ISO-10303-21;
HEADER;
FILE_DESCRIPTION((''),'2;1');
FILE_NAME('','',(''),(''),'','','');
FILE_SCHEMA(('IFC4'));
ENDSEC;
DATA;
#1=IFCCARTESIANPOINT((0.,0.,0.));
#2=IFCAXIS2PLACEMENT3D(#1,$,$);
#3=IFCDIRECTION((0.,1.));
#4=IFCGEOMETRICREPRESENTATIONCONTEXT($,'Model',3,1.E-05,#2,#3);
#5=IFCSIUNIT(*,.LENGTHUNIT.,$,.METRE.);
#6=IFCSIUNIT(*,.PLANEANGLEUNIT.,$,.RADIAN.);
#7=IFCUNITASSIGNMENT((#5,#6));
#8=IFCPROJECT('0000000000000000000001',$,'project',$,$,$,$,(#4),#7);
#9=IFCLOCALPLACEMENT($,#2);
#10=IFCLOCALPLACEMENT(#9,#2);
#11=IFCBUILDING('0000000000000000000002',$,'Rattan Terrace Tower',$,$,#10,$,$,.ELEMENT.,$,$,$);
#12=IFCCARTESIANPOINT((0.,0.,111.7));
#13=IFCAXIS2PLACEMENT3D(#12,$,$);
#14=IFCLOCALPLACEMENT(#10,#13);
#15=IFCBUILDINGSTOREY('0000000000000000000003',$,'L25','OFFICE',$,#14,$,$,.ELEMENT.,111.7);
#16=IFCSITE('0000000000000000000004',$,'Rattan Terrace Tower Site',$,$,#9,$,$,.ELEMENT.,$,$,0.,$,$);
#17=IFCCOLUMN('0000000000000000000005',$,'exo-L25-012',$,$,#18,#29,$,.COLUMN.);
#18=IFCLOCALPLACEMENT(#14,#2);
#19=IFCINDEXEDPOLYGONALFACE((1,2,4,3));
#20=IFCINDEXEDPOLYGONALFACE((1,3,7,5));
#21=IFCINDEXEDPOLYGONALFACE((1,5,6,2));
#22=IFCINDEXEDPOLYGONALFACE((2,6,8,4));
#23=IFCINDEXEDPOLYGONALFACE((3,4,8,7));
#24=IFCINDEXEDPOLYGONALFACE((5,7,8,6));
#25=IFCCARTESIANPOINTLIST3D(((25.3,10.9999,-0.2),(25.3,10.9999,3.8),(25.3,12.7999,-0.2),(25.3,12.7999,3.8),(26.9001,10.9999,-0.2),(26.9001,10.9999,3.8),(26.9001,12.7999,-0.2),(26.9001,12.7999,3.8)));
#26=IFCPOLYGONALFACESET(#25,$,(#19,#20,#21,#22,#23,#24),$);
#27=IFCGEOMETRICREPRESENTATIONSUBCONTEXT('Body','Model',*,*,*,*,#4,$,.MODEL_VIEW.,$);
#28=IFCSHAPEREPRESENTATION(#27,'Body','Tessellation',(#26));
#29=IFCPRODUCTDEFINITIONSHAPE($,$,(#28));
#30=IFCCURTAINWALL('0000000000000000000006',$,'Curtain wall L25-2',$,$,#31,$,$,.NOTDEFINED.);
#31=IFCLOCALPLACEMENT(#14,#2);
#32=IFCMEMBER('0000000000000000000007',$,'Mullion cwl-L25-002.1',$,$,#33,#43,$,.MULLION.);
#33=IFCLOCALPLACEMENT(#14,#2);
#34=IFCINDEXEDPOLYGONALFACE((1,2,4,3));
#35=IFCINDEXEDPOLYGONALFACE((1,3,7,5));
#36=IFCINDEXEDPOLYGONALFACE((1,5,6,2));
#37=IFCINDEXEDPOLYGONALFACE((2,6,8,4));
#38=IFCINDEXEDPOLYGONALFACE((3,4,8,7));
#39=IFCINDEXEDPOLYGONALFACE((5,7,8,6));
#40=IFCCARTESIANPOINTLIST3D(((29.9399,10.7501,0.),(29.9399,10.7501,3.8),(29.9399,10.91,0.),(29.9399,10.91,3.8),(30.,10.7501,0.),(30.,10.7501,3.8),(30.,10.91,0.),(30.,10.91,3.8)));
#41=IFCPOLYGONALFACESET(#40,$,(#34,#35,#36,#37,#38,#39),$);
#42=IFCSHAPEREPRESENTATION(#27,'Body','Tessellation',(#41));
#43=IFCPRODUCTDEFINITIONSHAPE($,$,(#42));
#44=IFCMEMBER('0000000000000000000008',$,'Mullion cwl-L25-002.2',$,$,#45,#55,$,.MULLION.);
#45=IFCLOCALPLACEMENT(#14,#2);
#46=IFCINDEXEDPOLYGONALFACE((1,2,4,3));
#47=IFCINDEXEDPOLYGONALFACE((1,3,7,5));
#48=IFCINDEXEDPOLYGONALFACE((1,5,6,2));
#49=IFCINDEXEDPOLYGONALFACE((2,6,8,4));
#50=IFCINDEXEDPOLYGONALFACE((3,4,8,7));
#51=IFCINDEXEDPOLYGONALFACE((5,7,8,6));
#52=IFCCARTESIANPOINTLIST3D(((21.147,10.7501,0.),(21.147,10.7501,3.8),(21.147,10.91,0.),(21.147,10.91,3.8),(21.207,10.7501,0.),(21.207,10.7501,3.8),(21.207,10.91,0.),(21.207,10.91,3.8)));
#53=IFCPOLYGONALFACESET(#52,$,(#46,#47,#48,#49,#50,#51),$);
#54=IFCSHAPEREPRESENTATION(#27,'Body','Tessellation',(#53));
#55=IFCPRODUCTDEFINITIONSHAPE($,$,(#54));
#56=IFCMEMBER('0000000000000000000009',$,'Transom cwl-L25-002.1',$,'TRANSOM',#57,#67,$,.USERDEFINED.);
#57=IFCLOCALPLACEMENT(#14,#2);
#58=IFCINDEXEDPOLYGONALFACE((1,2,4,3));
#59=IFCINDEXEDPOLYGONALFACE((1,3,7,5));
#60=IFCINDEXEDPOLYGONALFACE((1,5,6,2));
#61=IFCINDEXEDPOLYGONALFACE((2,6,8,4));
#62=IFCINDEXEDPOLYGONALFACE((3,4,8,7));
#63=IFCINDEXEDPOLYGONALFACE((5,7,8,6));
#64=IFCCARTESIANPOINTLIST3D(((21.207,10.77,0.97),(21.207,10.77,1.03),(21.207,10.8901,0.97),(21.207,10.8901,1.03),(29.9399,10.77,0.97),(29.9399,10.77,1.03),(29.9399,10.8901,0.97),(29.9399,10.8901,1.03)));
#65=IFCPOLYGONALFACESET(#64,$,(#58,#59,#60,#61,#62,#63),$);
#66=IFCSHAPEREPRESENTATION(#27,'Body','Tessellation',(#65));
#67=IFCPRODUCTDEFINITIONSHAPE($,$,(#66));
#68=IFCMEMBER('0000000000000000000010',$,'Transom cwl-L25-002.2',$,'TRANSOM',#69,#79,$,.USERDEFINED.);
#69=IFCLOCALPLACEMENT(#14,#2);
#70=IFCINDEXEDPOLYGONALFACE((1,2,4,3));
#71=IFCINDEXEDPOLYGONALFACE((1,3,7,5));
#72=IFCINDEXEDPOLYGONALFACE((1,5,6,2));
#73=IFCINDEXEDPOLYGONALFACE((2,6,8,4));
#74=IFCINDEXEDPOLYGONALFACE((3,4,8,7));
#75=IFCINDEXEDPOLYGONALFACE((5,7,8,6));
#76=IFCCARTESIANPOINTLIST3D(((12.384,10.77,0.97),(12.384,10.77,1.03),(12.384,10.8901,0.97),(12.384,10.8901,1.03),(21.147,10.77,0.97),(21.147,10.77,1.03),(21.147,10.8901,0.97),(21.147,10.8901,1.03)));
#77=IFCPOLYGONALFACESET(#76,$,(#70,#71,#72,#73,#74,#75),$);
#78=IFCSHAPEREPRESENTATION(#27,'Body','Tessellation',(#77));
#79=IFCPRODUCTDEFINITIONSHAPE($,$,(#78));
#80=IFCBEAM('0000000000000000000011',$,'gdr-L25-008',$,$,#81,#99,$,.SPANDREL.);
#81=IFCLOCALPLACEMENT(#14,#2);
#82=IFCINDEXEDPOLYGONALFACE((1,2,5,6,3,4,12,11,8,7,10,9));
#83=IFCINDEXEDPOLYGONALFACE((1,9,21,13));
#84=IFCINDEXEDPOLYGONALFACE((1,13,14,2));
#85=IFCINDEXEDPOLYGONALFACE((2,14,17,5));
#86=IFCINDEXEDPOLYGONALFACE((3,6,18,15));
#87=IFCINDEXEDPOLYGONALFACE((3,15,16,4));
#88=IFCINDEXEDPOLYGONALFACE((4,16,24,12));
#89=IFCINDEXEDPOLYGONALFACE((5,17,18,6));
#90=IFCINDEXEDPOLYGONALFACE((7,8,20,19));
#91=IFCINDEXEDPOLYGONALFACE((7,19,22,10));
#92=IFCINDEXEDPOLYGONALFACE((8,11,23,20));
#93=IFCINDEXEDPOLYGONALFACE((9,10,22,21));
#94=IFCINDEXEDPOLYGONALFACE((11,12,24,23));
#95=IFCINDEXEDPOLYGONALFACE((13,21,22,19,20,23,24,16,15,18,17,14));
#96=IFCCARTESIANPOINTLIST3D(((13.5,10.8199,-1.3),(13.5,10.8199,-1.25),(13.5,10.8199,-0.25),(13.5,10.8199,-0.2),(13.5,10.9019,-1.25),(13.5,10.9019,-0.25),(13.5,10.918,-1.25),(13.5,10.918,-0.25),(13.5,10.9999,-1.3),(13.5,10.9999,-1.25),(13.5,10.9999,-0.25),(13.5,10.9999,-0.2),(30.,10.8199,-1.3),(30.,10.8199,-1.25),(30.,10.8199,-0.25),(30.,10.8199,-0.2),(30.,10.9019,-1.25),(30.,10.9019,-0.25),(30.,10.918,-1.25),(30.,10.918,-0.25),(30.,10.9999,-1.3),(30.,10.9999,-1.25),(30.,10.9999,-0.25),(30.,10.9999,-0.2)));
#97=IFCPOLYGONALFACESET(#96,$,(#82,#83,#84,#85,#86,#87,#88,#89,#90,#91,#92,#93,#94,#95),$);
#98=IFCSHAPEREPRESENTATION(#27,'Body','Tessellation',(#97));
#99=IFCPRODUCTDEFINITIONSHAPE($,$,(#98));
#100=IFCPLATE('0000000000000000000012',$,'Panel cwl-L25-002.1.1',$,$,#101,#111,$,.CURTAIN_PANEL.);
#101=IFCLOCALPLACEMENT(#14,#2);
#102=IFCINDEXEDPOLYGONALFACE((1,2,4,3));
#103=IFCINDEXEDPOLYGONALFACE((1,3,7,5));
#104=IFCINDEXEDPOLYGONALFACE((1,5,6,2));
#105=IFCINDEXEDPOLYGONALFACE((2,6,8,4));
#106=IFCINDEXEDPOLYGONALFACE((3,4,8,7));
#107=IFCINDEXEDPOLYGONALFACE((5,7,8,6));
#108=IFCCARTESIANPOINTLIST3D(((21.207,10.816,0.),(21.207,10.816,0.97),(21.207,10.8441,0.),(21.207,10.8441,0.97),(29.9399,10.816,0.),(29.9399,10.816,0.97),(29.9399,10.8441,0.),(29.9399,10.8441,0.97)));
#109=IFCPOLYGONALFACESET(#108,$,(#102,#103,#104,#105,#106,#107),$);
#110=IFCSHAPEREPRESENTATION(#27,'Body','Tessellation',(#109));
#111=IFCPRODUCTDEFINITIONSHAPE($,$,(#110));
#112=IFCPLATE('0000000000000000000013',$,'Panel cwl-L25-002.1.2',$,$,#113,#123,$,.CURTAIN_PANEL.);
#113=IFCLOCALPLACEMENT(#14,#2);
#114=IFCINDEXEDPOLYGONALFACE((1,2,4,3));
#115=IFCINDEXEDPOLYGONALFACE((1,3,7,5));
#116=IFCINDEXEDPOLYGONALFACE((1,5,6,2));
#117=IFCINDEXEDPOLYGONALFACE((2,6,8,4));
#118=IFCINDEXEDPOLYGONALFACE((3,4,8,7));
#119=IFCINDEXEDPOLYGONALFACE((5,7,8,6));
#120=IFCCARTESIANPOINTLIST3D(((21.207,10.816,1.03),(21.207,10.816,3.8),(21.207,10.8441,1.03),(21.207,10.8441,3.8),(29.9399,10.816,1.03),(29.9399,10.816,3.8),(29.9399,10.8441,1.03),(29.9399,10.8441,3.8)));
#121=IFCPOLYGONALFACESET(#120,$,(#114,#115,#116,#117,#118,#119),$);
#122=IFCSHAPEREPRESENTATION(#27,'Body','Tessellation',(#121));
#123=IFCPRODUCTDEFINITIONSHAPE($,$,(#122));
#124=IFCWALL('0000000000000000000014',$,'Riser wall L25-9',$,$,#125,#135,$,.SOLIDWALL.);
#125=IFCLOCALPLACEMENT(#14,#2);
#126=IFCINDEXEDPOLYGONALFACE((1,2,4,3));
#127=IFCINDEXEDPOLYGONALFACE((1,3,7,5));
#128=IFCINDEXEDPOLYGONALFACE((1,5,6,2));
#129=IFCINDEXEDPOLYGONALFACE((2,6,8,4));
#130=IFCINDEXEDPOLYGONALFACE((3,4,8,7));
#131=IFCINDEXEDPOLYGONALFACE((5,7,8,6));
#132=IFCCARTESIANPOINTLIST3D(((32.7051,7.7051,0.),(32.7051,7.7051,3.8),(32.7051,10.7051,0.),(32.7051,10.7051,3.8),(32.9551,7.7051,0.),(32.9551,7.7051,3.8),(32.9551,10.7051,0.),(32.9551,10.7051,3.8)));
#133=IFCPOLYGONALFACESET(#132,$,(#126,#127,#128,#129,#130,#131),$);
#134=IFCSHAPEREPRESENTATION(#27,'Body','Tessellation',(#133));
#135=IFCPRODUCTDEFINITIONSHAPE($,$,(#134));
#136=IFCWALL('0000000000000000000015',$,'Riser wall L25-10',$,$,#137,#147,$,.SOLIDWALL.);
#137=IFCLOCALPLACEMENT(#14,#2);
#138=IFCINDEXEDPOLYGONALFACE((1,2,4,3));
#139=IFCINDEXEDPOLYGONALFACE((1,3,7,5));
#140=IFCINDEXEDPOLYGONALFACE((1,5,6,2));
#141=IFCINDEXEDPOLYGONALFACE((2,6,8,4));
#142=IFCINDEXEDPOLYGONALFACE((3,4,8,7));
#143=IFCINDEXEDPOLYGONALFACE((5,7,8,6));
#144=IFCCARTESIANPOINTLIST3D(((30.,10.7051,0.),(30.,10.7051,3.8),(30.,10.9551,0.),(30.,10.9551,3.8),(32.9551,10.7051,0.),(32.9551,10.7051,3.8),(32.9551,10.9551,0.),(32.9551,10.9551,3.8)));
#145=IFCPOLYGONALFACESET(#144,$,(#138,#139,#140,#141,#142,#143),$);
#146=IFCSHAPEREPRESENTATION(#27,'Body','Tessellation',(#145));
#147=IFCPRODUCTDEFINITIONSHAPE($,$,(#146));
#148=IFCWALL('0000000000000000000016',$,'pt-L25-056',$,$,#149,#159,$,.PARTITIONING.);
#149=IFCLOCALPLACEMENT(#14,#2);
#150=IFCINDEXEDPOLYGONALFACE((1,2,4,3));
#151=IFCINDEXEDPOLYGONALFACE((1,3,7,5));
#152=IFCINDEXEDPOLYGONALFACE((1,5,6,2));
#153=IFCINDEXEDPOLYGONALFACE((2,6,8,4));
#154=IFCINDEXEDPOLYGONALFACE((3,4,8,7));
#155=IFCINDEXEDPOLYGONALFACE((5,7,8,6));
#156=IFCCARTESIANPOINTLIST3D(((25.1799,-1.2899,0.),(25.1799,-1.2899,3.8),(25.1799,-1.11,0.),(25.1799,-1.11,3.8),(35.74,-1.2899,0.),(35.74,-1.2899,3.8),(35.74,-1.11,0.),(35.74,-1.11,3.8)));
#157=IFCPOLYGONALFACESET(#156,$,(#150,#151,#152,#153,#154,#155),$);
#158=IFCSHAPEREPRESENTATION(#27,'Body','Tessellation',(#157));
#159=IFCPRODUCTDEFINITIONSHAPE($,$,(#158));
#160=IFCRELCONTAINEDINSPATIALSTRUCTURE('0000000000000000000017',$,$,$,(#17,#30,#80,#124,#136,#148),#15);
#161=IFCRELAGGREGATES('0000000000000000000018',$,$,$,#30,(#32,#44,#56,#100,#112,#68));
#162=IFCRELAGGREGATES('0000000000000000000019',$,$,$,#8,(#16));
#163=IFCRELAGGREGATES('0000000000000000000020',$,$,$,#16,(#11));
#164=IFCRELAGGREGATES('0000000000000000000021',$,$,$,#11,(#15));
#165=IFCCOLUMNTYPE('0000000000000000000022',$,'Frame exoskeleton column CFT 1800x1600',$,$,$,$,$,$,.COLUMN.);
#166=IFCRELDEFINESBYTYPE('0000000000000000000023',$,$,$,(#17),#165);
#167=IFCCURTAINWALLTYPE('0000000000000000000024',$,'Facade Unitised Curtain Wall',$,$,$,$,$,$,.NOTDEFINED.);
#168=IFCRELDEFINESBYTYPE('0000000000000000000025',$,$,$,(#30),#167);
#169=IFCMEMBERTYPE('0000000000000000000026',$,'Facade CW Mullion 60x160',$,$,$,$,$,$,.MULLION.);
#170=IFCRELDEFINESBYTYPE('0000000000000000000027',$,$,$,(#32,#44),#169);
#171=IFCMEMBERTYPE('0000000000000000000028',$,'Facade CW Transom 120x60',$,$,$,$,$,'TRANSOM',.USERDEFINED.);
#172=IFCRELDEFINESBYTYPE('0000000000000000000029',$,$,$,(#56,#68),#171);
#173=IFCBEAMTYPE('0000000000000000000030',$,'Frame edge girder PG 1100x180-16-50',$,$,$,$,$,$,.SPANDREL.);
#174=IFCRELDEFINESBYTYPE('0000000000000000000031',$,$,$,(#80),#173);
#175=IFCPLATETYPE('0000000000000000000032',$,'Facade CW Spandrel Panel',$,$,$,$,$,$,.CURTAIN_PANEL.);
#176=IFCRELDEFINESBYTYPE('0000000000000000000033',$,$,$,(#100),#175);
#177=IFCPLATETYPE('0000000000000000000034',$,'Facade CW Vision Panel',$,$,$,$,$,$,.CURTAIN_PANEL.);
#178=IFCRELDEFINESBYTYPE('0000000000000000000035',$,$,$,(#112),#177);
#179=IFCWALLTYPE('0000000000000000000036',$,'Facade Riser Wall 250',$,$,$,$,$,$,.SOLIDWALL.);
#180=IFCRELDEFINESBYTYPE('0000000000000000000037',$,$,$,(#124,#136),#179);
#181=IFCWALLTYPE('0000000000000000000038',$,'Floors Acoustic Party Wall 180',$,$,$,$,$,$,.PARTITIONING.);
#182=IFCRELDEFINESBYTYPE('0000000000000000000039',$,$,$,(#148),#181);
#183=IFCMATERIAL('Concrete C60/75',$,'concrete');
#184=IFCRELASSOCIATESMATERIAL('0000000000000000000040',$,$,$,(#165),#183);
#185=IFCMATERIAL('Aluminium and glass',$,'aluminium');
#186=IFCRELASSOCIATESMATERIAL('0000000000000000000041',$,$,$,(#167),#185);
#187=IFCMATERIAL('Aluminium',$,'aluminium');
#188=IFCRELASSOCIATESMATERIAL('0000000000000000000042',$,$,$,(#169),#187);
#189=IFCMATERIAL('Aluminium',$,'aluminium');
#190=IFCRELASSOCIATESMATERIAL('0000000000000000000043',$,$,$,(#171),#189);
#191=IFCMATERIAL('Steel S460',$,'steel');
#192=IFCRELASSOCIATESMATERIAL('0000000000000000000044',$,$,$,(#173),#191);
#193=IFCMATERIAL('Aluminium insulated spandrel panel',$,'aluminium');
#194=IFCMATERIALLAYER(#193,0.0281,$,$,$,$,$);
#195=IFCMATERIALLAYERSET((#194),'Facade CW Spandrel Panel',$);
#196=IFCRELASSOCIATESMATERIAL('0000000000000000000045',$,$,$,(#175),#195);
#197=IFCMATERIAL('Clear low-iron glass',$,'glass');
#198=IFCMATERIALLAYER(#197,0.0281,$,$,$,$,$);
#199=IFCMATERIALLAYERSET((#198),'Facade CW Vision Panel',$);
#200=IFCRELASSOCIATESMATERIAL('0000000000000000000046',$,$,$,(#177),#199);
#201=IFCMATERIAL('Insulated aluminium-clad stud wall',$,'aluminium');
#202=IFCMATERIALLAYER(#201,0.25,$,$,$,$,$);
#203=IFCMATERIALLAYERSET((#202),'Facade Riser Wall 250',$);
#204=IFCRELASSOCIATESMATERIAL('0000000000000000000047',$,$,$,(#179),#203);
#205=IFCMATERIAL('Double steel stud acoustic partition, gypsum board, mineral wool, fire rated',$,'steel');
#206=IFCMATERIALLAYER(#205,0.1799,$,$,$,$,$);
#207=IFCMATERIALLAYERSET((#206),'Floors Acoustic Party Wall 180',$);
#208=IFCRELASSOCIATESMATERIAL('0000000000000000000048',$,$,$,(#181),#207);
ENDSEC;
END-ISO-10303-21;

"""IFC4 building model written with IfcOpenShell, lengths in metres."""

from ifc_helpers import new_model, si_unit, direction, frame, frame_2d, origin, origin_2d, place, context, subcontext, project, spatial, rectangle, i_section, extrude, material, layer, layer_set, material_profile, profile_set, type_object, element, aggregate, save


model = new_model("IFC4")

# Units and contexts
model_context = context("Model", 3, precision=1e-05, world=origin(), true_north=direction((0.0, 1.0)))
body_context = subcontext(model_context, "Body", "Model", "MODEL_VIEW")
ifc_project = project(units=[si_unit("LENGTHUNIT", "METRE"), si_unit("PLANEANGLEUNIT", "RADIAN")], contexts=[model_context])

# Site, building, storey
site_placement = place(None, origin())
site = spatial("IfcSite", under=ifc_project, at=site_placement, Name="Rattan Terrace Tower Site", CompositionType="ELEMENT", RefElevation=0.0)
building_placement = place(site_placement, origin())
building = spatial("IfcBuilding", under=site, at=building_placement, Name="Rattan Terrace Tower", CompositionType="ELEMENT")
storey_placement = place(building_placement, frame((0.0, 0.0, 111.7)))
storey = spatial("IfcBuildingStorey", under=building, at=storey_placement, Name="L25", Description="OFFICE", CompositionType="ELEMENT", Elevation=111.7)

# Column
ifc_material_1 = material(Name="Concrete C60/75", Category="concrete")
ifc_material_profile_1 = material_profile(ifc_material_1, rectangle(XDim=1.6001, YDim=1.8, at=origin_2d()), Name="CFT 1800x1600")
ifc_profile_set_1 = profile_set([ifc_material_profile_1], Name="Concrete C60/75")
column_type = type_object("IfcColumnType", Name="Frame exoskeleton column CFT 1800x1600", PredefinedType="COLUMN", material=ifc_profile_set_1)
column_placement = place(storey_placement, frame((26.1001, 11.8999, -0.2), z_axis=(0.0, 0.0, 1.0), x_axis=(1.0, 0.0, 0.0)))
element("IfcColumn", 1, at=column_placement, inside=storey, type_object=column_type, Name="exo-L25-012", PredefinedType="COLUMN", context=body_context, shape_type="SweptSolid", body=[
    extrude(rectangle(XDim=1.6001, YDim=1.8, at=origin_2d()), origin(), (0.0, 0.0, 1.0), 4.0),
])

# Curtain wall, members
ifc_material_2 = material(Name="Aluminium and glass", Category="aluminium")
curtain_wall_type = type_object("IfcCurtainWallType", Name="Facade Unitised Curtain Wall", PredefinedType="NOTDEFINED", material=ifc_material_2)
curtain_wall_placement = place(storey_placement, origin())
curtain_wall = element("IfcCurtainWall", 2, at=curtain_wall_placement, inside=storey, type_object=curtain_wall_type, Name="Curtain wall L25-2", PredefinedType="NOTDEFINED")
ifc_material_3 = material(Name="Aluminium", Category="aluminium")
ifc_material_profile_2 = material_profile(ifc_material_3, rectangle(XDim=0.0601, YDim=0.1599, at=origin_2d()), Name="Aluminium 60x160")
ifc_profile_set_2 = profile_set([ifc_material_profile_2], Name="Aluminium")
member_type_1 = type_object("IfcMemberType", Name="Facade CW Mullion 60x160", PredefinedType="MULLION", material=ifc_profile_set_2)
member_1_placement = place(storey_placement, frame((29.97, 10.8301, 0.0), z_axis=(0.0, 0.0, 1.0), x_axis=(-1.0, 0.0, 0.0)))
member_1 = element("IfcMember", 3, at=member_1_placement, type_object=member_type_1, Name="Mullion cwl-L25-002.1", PredefinedType="MULLION", context=body_context, shape_type="SweptSolid", body=[
    extrude(rectangle(XDim=0.0601, YDim=0.1599, at=origin_2d()), origin(), (0.0, 0.0, 1.0), 3.8),
])
member_2_placement = place(storey_placement, frame((21.177, 10.8301, 0.0), z_axis=(0.0, 0.0, 1.0), x_axis=(-1.0, 0.0, 0.0)))
member_2 = element("IfcMember", 4, at=member_2_placement, type_object=member_type_1, Name="Mullion cwl-L25-002.2", PredefinedType="MULLION", context=body_context, shape_type="SweptSolid", body=[
    extrude(rectangle(XDim=0.0601, YDim=0.1599, at=origin_2d()), origin(), (0.0, 0.0, 1.0), 3.8),
])
ifc_material_4 = material(Name="Aluminium", Category="aluminium")
ifc_material_profile_3 = material_profile(ifc_material_4, rectangle(XDim=0.1201, YDim=0.0601, at=origin_2d()), Name="Aluminium 120x60")
ifc_profile_set_3 = profile_set([ifc_material_profile_3], Name="Aluminium")
member_type_2 = type_object("IfcMemberType", Name="Facade CW Transom 120x60", ElementType="TRANSOM", PredefinedType="USERDEFINED", material=ifc_profile_set_3)
member_3_placement = place(storey_placement, frame((29.9399, 10.8301, 1.0), z_axis=(-1.0, 0.0, 0.0), x_axis=(0.0, -1.0, 0.0)))
member_3 = element("IfcMember", 5, at=member_3_placement, type_object=member_type_2, Name="Transom cwl-L25-002.1", ObjectType="TRANSOM", PredefinedType="USERDEFINED", context=body_context, shape_type="SweptSolid", body=[
    extrude(rectangle(XDim=0.1201, YDim=0.0601, at=origin_2d()), origin(), (0.0, 0.0, 1.0), 8.7329),
])
member_4_placement = place(storey_placement, frame((21.147, 10.8301, 1.0), z_axis=(-1.0, 0.0, 0.0), x_axis=(0.0, -1.0, 0.0)))
member_4 = element("IfcMember", 6, at=member_4_placement, type_object=member_type_2, Name="Transom cwl-L25-002.2", ObjectType="TRANSOM", PredefinedType="USERDEFINED", context=body_context, shape_type="SweptSolid", body=[
    extrude(rectangle(XDim=0.1201, YDim=0.0601, at=origin_2d()), origin(), (0.0, 0.0, 1.0), 8.7629),
])

# Beam
ifc_material_5 = material(Name="Steel S460", Category="steel")
ifc_material_profile_4 = material_profile(ifc_material_5, i_section(OverallWidth=0.1799, OverallDepth=1.1001, WebThickness=0.0161, FlangeThickness=0.05, at=origin_2d()), Name="PG 1100x180-16-50")
ifc_profile_set_4 = profile_set([ifc_material_profile_4], Name="Steel S460")
beam_type = type_object("IfcBeamType", Name="Frame edge girder PG 1100x180-16-50", PredefinedType="SPANDREL", material=ifc_profile_set_4)
beam_placement = place(storey_placement, frame((30.0, 10.9099, -0.75), z_axis=(-1.0, 0.0, 0.0), x_axis=(0.0, -1.0, 0.0)))
element("IfcBeam", 7, at=beam_placement, inside=storey, type_object=beam_type, Name="gdr-L25-008", PredefinedType="SPANDREL", context=body_context, shape_type="SweptSolid", body=[
    extrude(i_section(OverallWidth=0.1799, OverallDepth=1.1001, WebThickness=0.0161, FlangeThickness=0.05, at=origin_2d()), origin(), (0.0, 0.0, 1.0), 16.5),
])

# Plates
ifc_material_6 = material(Name="Aluminium insulated spandrel panel", Category="aluminium")
ifc_layer_1 = layer(ifc_material_6, 0.0281)
ifc_layer_set_1 = layer_set([ifc_layer_1], Name="Facade CW Spandrel Panel")
plate_type_1 = type_object("IfcPlateType", Name="Facade CW Spandrel Panel", PredefinedType="CURTAIN_PANEL", material=ifc_layer_set_1)
plate_1_placement = place(storey_placement, frame((25.5735, 10.8301, 0.0), z_axis=(0.0, 0.0, 1.0), x_axis=(-1.0, 0.0, 0.0)))
plate_1 = element("IfcPlate", 8, at=plate_1_placement, type_object=plate_type_1, Name="Panel cwl-L25-002.1.1", PredefinedType="CURTAIN_PANEL", context=body_context, shape_type="SweptSolid", body=[
    extrude(rectangle(XDim=8.7329, YDim=0.0281, at=origin_2d()), origin(), (0.0, 0.0, 1.0), 0.97),
])
ifc_material_7 = material(Name="Clear low-iron glass", Category="glass")
ifc_layer_2 = layer(ifc_material_7, 0.0281)
ifc_layer_set_2 = layer_set([ifc_layer_2], Name="Facade CW Vision Panel")
plate_type_2 = type_object("IfcPlateType", Name="Facade CW Vision Panel", PredefinedType="CURTAIN_PANEL", material=ifc_layer_set_2)
plate_2_placement = place(storey_placement, frame((25.5735, 10.8301, 1.03), z_axis=(0.0, 0.0, 1.0), x_axis=(-1.0, 0.0, 0.0)))
plate_2 = element("IfcPlate", 9, at=plate_2_placement, type_object=plate_type_2, Name="Panel cwl-L25-002.1.2", PredefinedType="CURTAIN_PANEL", context=body_context, shape_type="SweptSolid", body=[
    extrude(rectangle(XDim=8.7329, YDim=0.0281, at=origin_2d()), origin(), (0.0, 0.0, 1.0), 2.77),
])
aggregate(curtain_wall, [member_1, member_2, member_3, plate_1, plate_2, member_4])

# Walls
ifc_material_8 = material(Name="Insulated aluminium-clad stud wall", Category="aluminium")
ifc_layer_3 = layer(ifc_material_8, 0.25)
ifc_layer_set_3 = layer_set([ifc_layer_3], Name="Facade Riser Wall 250")
wall_type_1 = type_object("IfcWallType", Name="Facade Riser Wall 250", PredefinedType="SOLIDWALL", material=ifc_layer_set_3)
wall_1_placement = place(storey_placement, frame((32.8301, 7.7051, 0.0), z_axis=(0.0, 0.0, 1.0), x_axis=(0.0, 1.0, 0.0)))
element("IfcWall", 10, at=wall_1_placement, inside=storey, type_object=wall_type_1, Name="Riser wall L25-9", PredefinedType="SOLIDWALL", context=body_context, shape_type="SweptSolid", body=[
    extrude(rectangle(XDim=3.0, YDim=0.25, at=frame_2d((1.5, 0.0))), origin(), (0.0, 0.0, 1.0), 3.8),
])
wall_2_placement = place(storey_placement, frame((32.9551, 10.8301, 0.0), z_axis=(0.0, 0.0, 1.0), x_axis=(-1.0, 0.0, 0.0)))
element("IfcWall", 11, at=wall_2_placement, inside=storey, type_object=wall_type_1, Name="Riser wall L25-10", PredefinedType="SOLIDWALL", context=body_context, shape_type="SweptSolid", body=[
    extrude(rectangle(XDim=2.9551, YDim=0.25, at=frame_2d((1.4775, 0.0))), origin(), (0.0, 0.0, 1.0), 3.8),
])
ifc_material_9 = material(Name="Double steel stud acoustic partition, gypsum board, mineral wool, fire rated", Category="steel")
ifc_layer_4 = layer(ifc_material_9, 0.1799)
ifc_layer_set_4 = layer_set([ifc_layer_4], Name="Floors Acoustic Party Wall 180")
wall_type_2 = type_object("IfcWallType", Name="Floors Acoustic Party Wall 180", PredefinedType="PARTITIONING", material=ifc_layer_set_4)
wall_3_placement = place(storey_placement, frame((25.1799, -1.2, 0.0), z_axis=(0.0, 0.0, 1.0), x_axis=(1.0, 0.0, 0.0)))
element("IfcWall", 12, at=wall_3_placement, inside=storey, type_object=wall_type_2, Name="pt-L25-056", PredefinedType="PARTITIONING", context=body_context, shape_type="SweptSolid", body=[
    extrude(rectangle(XDim=10.5601, YDim=0.1799, at=frame_2d((5.28, 0.0))), origin(), (0.0, 0.0, 1.0), 3.8),
])

save(model, "model.ifc")
